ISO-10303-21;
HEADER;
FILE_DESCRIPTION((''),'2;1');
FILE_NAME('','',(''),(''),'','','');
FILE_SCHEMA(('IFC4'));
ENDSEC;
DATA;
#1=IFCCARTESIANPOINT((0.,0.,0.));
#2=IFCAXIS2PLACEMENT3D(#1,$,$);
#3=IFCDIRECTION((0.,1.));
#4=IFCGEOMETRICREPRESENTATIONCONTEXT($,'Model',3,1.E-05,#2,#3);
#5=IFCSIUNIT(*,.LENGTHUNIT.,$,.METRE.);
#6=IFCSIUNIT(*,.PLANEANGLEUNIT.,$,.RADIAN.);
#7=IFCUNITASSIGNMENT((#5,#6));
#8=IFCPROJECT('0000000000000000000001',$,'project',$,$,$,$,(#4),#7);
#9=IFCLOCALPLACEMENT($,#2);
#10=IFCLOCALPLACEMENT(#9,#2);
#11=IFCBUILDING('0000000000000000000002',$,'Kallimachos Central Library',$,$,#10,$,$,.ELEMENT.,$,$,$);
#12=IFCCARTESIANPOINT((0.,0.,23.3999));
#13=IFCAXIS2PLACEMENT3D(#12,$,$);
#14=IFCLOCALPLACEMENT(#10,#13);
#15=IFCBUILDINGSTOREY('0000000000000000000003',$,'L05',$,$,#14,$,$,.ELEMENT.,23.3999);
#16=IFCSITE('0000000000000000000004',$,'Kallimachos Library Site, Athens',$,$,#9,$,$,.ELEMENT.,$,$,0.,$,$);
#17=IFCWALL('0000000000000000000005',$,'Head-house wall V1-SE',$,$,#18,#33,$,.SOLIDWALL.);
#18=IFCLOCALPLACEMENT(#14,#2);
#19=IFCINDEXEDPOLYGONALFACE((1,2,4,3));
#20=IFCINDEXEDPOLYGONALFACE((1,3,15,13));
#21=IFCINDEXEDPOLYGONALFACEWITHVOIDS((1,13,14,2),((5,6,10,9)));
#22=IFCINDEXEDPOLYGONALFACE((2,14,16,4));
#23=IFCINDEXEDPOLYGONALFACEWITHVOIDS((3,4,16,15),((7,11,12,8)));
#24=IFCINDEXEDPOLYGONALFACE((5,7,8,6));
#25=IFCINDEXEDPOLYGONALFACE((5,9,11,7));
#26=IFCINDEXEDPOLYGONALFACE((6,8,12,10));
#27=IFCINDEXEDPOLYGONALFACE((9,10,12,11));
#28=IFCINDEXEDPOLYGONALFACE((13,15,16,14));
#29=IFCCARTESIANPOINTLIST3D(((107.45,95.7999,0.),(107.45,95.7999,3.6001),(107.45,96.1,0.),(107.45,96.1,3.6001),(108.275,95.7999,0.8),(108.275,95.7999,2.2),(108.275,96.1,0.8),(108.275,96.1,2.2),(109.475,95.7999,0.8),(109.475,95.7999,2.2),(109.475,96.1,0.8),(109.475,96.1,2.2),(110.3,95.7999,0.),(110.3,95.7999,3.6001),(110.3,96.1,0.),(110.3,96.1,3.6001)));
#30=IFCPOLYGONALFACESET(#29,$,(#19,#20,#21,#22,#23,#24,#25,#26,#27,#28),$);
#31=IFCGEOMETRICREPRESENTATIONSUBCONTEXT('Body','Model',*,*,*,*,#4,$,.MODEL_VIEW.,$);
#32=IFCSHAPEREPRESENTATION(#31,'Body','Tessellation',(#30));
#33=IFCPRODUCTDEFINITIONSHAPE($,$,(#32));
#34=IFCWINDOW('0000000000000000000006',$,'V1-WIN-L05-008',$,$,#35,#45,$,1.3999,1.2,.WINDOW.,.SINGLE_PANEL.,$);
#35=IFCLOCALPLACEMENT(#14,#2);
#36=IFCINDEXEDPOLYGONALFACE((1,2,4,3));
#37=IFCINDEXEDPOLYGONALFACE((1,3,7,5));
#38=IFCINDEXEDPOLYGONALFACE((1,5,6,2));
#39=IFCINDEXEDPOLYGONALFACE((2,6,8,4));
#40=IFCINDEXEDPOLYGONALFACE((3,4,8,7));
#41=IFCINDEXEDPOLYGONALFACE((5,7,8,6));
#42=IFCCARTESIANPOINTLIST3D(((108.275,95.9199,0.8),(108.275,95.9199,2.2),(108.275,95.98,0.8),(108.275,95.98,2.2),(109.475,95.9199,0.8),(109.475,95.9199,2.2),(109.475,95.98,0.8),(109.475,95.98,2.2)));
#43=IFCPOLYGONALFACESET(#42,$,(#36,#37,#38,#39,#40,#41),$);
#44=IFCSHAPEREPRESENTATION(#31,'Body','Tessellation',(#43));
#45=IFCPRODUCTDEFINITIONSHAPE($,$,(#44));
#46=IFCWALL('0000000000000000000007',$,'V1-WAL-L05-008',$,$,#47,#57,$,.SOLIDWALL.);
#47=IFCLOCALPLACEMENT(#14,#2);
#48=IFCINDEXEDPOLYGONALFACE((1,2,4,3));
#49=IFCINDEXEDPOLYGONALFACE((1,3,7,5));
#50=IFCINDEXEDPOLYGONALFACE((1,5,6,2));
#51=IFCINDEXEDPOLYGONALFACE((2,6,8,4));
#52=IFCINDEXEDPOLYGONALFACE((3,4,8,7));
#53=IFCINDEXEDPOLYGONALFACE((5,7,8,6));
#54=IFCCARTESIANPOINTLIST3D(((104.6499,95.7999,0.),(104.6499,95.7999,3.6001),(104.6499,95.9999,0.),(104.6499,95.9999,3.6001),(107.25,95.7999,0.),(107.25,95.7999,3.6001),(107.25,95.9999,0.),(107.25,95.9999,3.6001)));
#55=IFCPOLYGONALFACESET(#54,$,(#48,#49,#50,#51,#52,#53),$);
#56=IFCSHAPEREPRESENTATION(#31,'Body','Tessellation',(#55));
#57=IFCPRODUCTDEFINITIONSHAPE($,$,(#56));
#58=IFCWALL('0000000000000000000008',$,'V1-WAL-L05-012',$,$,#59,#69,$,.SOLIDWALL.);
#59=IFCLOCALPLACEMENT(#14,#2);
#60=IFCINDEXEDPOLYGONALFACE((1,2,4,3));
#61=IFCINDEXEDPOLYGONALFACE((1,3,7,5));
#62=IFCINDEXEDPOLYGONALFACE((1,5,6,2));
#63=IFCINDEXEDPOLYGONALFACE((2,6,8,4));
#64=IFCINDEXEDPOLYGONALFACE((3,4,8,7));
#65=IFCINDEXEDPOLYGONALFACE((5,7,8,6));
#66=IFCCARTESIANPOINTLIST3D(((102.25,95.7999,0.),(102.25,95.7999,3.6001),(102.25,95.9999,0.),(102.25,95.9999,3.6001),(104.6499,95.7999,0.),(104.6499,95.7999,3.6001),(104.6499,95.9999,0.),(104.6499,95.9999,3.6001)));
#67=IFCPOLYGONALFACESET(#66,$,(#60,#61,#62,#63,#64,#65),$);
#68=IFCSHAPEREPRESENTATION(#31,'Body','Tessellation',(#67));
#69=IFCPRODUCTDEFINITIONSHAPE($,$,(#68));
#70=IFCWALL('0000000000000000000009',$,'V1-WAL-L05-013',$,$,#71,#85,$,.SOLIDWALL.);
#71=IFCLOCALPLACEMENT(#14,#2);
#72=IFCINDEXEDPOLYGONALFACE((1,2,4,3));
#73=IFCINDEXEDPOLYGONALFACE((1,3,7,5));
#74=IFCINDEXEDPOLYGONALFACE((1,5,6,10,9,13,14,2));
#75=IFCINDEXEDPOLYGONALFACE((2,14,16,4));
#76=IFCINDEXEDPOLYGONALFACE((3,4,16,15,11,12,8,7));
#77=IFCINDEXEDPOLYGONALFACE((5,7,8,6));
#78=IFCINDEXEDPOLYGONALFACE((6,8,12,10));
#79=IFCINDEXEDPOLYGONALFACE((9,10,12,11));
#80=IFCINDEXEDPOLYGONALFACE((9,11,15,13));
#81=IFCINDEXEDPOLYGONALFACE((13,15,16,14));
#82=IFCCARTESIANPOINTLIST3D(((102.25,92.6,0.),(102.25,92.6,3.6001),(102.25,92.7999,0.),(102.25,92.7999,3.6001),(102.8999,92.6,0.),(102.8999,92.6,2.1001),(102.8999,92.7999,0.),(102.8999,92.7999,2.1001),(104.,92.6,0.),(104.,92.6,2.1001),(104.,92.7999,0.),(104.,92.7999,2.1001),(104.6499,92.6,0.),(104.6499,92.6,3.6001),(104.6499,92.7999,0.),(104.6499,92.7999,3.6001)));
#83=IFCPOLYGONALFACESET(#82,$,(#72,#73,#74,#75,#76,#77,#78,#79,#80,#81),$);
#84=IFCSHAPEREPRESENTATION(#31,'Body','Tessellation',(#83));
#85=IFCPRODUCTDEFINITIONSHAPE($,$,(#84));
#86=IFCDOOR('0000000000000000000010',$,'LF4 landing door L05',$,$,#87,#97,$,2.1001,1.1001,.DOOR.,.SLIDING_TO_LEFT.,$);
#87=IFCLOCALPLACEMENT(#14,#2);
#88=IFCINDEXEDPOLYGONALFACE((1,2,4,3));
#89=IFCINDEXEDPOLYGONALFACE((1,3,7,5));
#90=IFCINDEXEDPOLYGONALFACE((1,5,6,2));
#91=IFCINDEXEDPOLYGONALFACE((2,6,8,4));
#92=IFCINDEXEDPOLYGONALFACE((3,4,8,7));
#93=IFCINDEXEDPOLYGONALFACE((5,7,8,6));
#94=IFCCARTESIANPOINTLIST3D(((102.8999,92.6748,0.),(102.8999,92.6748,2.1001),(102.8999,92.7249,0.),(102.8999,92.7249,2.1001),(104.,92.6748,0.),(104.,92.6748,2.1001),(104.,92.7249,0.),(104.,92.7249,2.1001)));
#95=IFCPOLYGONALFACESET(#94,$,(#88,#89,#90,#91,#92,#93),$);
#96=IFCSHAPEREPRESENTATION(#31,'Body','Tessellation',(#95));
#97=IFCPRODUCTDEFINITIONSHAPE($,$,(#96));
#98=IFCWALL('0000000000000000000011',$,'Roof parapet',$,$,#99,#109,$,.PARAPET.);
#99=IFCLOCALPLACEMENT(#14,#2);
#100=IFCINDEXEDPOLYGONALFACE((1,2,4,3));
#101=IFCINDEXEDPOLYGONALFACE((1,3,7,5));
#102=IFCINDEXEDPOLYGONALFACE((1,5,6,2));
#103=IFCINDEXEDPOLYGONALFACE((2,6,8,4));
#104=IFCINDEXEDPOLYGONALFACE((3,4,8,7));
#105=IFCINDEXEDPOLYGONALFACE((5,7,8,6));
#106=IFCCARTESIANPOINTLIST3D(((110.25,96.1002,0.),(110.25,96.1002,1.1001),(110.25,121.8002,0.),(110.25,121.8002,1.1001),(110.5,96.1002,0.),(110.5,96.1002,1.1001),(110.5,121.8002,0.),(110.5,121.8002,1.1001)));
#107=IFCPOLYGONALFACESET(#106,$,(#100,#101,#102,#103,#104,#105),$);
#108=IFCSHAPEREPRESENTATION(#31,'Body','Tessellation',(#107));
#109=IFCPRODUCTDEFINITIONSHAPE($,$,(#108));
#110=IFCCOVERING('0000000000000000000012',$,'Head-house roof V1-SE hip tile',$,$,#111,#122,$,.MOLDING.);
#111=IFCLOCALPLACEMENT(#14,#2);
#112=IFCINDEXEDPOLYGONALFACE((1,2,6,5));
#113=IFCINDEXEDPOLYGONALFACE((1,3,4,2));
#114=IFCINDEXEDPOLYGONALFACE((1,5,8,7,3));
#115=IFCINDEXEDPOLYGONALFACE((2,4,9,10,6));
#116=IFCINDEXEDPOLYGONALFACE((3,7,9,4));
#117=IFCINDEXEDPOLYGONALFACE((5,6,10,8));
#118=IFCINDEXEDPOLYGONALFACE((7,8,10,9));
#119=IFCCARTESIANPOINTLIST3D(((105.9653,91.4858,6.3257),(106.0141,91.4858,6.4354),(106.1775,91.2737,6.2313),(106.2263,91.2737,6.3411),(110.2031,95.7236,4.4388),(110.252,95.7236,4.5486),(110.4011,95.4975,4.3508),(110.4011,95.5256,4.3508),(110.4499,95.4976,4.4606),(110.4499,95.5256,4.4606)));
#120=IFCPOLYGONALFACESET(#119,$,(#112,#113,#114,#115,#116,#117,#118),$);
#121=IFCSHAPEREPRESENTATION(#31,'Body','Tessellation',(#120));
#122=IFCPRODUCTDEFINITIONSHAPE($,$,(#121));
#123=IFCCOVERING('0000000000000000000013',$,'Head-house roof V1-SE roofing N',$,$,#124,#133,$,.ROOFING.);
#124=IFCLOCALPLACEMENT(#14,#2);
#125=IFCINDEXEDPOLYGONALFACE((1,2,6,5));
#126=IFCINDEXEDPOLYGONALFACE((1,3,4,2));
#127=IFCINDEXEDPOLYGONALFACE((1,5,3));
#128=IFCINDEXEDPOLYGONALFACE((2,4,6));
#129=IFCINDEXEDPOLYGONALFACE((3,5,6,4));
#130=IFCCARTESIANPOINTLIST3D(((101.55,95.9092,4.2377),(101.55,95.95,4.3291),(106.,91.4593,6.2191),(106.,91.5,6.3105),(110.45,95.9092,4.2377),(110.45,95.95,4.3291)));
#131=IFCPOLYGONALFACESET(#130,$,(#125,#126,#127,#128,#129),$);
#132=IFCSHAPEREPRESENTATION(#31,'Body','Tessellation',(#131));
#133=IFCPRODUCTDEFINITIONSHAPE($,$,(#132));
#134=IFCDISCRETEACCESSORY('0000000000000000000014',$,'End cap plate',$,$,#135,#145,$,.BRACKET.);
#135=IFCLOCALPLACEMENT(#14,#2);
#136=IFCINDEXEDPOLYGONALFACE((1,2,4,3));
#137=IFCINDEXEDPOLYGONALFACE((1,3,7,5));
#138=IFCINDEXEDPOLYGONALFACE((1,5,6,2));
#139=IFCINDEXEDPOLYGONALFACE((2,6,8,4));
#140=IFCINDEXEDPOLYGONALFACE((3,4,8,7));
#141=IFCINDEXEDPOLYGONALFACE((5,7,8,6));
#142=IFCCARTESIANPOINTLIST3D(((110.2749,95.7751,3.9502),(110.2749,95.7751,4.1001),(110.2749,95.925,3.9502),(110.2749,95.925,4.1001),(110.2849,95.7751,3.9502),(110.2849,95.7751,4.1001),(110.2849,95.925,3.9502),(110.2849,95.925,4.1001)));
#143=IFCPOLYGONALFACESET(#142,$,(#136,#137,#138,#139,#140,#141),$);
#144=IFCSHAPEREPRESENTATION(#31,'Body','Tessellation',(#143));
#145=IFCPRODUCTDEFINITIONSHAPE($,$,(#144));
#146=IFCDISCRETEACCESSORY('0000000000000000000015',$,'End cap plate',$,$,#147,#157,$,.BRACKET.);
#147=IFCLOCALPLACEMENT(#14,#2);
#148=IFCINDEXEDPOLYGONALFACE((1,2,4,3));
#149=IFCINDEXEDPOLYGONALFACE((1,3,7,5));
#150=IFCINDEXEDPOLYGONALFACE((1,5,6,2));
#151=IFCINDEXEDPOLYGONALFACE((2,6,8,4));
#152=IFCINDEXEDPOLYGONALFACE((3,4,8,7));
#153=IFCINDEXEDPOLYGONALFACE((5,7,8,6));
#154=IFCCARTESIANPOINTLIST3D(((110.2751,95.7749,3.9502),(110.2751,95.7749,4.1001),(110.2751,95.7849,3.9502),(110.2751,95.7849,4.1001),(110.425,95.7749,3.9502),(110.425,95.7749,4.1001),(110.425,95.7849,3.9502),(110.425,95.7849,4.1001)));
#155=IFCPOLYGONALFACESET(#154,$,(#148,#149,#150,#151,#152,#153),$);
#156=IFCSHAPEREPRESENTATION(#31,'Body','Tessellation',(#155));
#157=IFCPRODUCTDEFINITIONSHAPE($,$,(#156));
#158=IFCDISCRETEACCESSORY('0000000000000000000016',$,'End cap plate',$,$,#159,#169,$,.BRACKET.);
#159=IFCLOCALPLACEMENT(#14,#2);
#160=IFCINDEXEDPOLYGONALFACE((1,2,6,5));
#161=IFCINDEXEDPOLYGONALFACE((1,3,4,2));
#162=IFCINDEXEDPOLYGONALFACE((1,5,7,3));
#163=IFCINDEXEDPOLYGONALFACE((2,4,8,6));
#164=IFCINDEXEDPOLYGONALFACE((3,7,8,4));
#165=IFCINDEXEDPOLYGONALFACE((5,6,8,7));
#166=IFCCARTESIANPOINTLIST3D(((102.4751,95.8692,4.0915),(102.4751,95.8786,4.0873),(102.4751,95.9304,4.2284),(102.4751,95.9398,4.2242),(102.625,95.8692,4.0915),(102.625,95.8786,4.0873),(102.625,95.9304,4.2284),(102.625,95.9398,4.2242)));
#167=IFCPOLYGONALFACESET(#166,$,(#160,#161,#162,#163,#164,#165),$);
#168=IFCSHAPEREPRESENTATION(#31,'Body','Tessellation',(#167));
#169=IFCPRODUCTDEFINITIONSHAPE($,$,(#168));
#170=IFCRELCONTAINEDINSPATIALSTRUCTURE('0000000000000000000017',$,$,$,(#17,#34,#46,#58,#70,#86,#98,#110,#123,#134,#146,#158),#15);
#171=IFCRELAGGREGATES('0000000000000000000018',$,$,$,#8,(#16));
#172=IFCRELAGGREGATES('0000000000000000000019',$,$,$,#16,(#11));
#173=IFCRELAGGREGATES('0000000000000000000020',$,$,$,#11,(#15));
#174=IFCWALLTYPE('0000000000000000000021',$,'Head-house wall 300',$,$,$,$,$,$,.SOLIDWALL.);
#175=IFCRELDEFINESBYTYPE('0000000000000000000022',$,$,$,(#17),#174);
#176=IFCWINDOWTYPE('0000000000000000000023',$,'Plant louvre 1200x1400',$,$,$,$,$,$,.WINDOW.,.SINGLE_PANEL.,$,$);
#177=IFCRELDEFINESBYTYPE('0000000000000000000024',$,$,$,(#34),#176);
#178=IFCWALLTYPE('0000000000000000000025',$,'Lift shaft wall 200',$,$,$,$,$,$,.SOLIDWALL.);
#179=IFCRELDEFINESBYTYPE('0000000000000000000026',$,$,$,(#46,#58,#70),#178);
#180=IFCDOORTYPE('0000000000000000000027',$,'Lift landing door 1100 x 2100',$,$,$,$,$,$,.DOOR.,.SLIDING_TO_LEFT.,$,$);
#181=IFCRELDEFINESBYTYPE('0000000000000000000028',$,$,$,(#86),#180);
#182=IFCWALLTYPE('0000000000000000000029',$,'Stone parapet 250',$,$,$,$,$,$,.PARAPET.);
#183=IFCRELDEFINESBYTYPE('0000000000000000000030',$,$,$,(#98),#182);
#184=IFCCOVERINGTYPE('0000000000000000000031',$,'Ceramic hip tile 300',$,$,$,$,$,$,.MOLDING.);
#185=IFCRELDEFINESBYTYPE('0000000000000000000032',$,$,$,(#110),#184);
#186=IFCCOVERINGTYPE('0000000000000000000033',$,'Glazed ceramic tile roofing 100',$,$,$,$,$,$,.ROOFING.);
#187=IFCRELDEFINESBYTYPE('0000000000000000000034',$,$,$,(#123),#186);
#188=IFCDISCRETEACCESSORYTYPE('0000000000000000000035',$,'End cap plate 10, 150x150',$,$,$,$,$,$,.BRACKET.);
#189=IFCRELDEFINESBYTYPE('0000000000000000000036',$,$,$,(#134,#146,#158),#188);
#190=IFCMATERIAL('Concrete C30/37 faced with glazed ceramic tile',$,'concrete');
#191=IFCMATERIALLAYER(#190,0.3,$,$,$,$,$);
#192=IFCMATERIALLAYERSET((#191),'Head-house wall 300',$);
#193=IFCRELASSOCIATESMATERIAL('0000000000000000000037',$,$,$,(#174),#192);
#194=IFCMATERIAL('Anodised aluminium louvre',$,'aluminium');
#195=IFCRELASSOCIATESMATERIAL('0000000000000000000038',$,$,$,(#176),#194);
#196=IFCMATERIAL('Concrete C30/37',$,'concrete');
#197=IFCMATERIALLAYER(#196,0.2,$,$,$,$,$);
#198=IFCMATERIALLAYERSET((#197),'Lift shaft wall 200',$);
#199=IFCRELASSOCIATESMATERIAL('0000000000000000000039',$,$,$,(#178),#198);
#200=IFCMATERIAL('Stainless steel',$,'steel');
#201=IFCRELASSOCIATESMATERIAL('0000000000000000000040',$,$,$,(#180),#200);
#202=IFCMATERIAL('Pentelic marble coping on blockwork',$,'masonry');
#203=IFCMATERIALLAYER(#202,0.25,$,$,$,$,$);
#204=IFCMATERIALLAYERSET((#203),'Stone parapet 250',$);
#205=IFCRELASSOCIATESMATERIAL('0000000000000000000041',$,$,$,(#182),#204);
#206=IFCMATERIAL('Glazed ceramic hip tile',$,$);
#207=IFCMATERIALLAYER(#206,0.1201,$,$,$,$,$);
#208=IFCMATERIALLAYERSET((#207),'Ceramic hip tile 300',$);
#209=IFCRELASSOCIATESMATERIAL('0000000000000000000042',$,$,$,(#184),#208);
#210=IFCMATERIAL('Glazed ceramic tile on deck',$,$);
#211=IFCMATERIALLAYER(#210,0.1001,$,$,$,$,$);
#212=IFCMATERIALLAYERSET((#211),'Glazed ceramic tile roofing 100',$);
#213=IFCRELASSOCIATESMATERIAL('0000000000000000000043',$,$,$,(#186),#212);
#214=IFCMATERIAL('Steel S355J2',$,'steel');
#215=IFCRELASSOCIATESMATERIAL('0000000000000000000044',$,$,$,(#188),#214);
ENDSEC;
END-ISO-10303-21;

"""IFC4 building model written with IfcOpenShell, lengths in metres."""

from ifc_helpers import new_model, si_unit, direction, frame, frame_2d, origin, origin_2d, place, context, subcontext, project, spatial, polyline, rectangle, outline, extrude, material, layer, layer_set, material_profile, profile_set, type_object, element, fill, save


model = new_model("IFC4")

# Units and contexts
model_context = context("Model", 3, precision=1e-05, world=origin(), true_north=direction((0.0, 1.0)))
body_context = subcontext(model_context, "Body", "Model", "MODEL_VIEW")
ifc_project = project(units=[si_unit("LENGTHUNIT", "METRE"), si_unit("PLANEANGLEUNIT", "RADIAN")], contexts=[model_context])

# Site, building, storey
site_placement = place(None, origin())
site = spatial("IfcSite", under=ifc_project, at=site_placement, Name="Kallimachos Library Site, Athens", CompositionType="ELEMENT", RefElevation=0.0)
building_placement = place(site_placement, origin())
building = spatial("IfcBuilding", under=site, at=building_placement, Name="Kallimachos Central Library", CompositionType="ELEMENT")
storey_placement = place(building_placement, frame((0.0, 0.0, 23.3999)))
storey = spatial("IfcBuildingStorey", under=building, at=storey_placement, Name="L05", CompositionType="ELEMENT", Elevation=23.3999)

# Wall, opening, window
ifc_material_1 = material(Name="Concrete C30/37 faced with glazed ceramic tile", Category="concrete")
ifc_layer_1 = layer(ifc_material_1, 0.3)
ifc_layer_set_1 = layer_set([ifc_layer_1], Name="Head-house wall 300")
wall_type_1 = type_object("IfcWallType", Name="Head-house wall 300", PredefinedType="SOLIDWALL", material=ifc_layer_set_1)
wall_1_placement = place(storey_placement, frame((107.45, 95.95, 0.0), z_axis=(0.0, 0.0, 1.0), x_axis=(1.0, 0.0, 0.0)))
wall_1 = element("IfcWall", 1, at=wall_1_placement, inside=storey, type_object=wall_type_1, Name="Head-house wall V1-SE", PredefinedType="SOLIDWALL", context=body_context, shape_type="SweptSolid", body=[
    extrude(rectangle(XDim=2.8501, YDim=0.3, at=frame_2d((1.425, 0.0))), origin(), (0.0, 0.0, 1.0), 3.6001),
])
opening_1_placement = place(wall_1_placement, frame((0.825, 0.0, 0.8)))
opening_1 = element("IfcOpeningElement", 2, at=opening_1_placement, cuts=wall_1, PredefinedType="OPENING", context=body_context, shape_type="SweptSolid", body=[
    extrude(rectangle(XDim=1.2, YDim=1.3999, at=frame_2d((0.6001, 0.7))), frame((0.0, 0.1599, 0.0), z_axis=(0.0, -1.0, 0.0), x_axis=(1.0, 0.0, 0.0)), (0.0, 0.0, 1.0), 0.3201),
])
ifc_material_2 = material(Name="Anodised aluminium louvre", Category="aluminium")
window_type = type_object("IfcWindowType", Name="Plant louvre 1200x1400", PartitioningType="SINGLE_PANEL", PredefinedType="WINDOW", material=ifc_material_2)
window_placement = place(opening_1_placement, origin())
window = element("IfcWindow", 3, at=window_placement, inside=storey, type_object=window_type, Name="V1-WIN-L05-008", OverallHeight=1.3999, OverallWidth=1.2, PartitioningType="SINGLE_PANEL", PredefinedType="WINDOW", context=body_context, shape_type="SweptSolid", body=[
    extrude(rectangle(XDim=1.2, YDim=1.3999, at=frame_2d((0.6001, 0.7))), frame((0.0, 0.03, 0.0), z_axis=(0.0, -1.0, 0.0), x_axis=(1.0, 0.0, 0.0)), (0.0, 0.0, 1.0), 0.0601),
])
fill(opening_1, window)

# Walls
ifc_material_3 = material(Name="Concrete C30/37", Category="concrete")
ifc_layer_2 = layer(ifc_material_3, 0.2)
ifc_layer_set_2 = layer_set([ifc_layer_2], Name="Lift shaft wall 200")
wall_type_2 = type_object("IfcWallType", Name="Lift shaft wall 200", PredefinedType="SOLIDWALL", material=ifc_layer_set_2)
wall_2_placement = place(storey_placement, frame((104.6499, 95.8999, 0.0), z_axis=(0.0, 0.0, 1.0), x_axis=(1.0, 0.0, 0.0)))
element("IfcWall", 4, at=wall_2_placement, inside=storey, type_object=wall_type_2, Name="V1-WAL-L05-008", PredefinedType="SOLIDWALL", context=body_context, shape_type="SweptSolid", body=[
    extrude(rectangle(XDim=2.6001, YDim=0.2, at=frame_2d((1.3, 0.0))), origin(), (0.0, 0.0, 1.0), 3.6001),
])
wall_3_placement = place(storey_placement, frame((102.25, 95.8999, 0.0), z_axis=(0.0, 0.0, 1.0), x_axis=(1.0, 0.0, 0.0)))
element("IfcWall", 5, at=wall_3_placement, inside=storey, type_object=wall_type_2, Name="V1-WAL-L05-012", PredefinedType="SOLIDWALL", context=body_context, shape_type="SweptSolid", body=[
    extrude(rectangle(XDim=2.3999, YDim=0.2, at=frame_2d((1.2, 0.0))), origin(), (0.0, 0.0, 1.0), 3.6001),
])

# Wall, opening, door
wall_4_placement = place(storey_placement, frame((102.25, 92.7, 0.0), z_axis=(0.0, 0.0, 1.0), x_axis=(1.0, 0.0, 0.0)))
wall_4 = element("IfcWall", 6, at=wall_4_placement, inside=storey, type_object=wall_type_2, Name="V1-WAL-L05-013", PredefinedType="SOLIDWALL", context=body_context, shape_type="SweptSolid", body=[
    extrude(rectangle(XDim=2.3999, YDim=0.2, at=frame_2d((1.2, 0.0))), origin(), (0.0, 0.0, 1.0), 3.6001),
])
opening_2_placement = place(wall_4_placement, frame((0.6499, 0.0, 0.0)))
opening_2 = element("IfcOpeningElement", 7, at=opening_2_placement, cuts=wall_4, PredefinedType="OPENING", context=body_context, shape_type="SweptSolid", body=[
    extrude(rectangle(XDim=1.1001, YDim=2.1001, at=frame_2d((0.55, 1.05))), frame((0.0, 0.1099, 0.0), z_axis=(0.0, -1.0, 0.0), x_axis=(1.0, 0.0, 0.0)), (0.0, 0.0, 1.0), 0.22),
])
ifc_material_4 = material(Name="Stainless steel", Category="steel")
door_type = type_object("IfcDoorType", Name="Lift landing door 1100 x 2100", OperationType="SLIDING_TO_LEFT", PredefinedType="DOOR", material=ifc_material_4)
door_placement = place(opening_2_placement, origin())
door = element("IfcDoor", 8, at=door_placement, inside=storey, type_object=door_type, Name="LF4 landing door L05", OperationType="SLIDING_TO_LEFT", OverallHeight=2.1001, OverallWidth=1.1001, PredefinedType="DOOR", context=body_context, shape_type="SweptSolid", body=[
    extrude(rectangle(XDim=1.1001, YDim=2.1001, at=frame_2d((0.55, 1.05))), frame((0.0, 0.0249, 0.0), z_axis=(0.0, -1.0, 0.0), x_axis=(1.0, 0.0, 0.0)), (0.0, 0.0, 1.0), 0.05),
])
fill(opening_2, door)

# Wall
ifc_material_5 = material(Name="Pentelic marble coping on blockwork", Category="masonry")
ifc_layer_3 = layer(ifc_material_5, 0.25)
ifc_layer_set_3 = layer_set([ifc_layer_3], Name="Stone parapet 250")
wall_type_3 = type_object("IfcWallType", Name="Stone parapet 250", PredefinedType="PARAPET", material=ifc_layer_set_3)
wall_5_placement = place(storey_placement, frame((110.375, 96.1001, 0.0), z_axis=(0.0, 0.0, 1.0), x_axis=(0.0, 1.0, 0.0)))
element("IfcWall", 9, at=wall_5_placement, inside=storey, type_object=wall_type_3, Name="Roof parapet", PredefinedType="PARAPET", context=body_context, shape_type="SweptSolid", body=[
    extrude(rectangle(XDim=25.7, YDim=0.25, at=frame_2d((12.8501, 0.0))), origin(), (0.0, 0.0, 1.0), 1.1001),
])

# Coverings
ifc_material_6 = material(Name="Glazed ceramic hip tile")
ifc_layer_4 = layer(ifc_material_6, 0.1201)
ifc_layer_set_4 = layer_set([ifc_layer_4], Name="Ceramic hip tile 300")
covering_type_1 = type_object("IfcCoveringType", Name="Ceramic hip tile 300", PredefinedType="MOLDING", material=ifc_layer_set_4)
covering_1_placement = place(storey_placement, frame((110.252, 95.7236, 4.5486), z_axis=(0.406522, 0.000262, 0.913641), x_axis=(0.674462, -0.674653, -0.299907)))
element("IfcCovering", 10, at=covering_1_placement, inside=storey, type_object=covering_type_1, Name="Head-house roof V1-SE hip tile", PredefinedType="MOLDING", context=body_context, shape_type="SweptSolid", body=[
    extrude(outline(polyline([(0.0, 0.0), (0.2935, 0.0), (0.3124, -0.0207), (-0.2505, -6.2576), (-0.5651, -6.2577), (0.0, 0.0)])), origin(), (0.0, 0.0, -1.0), 0.1201),
])
ifc_material_7 = material(Name="Glazed ceramic tile on deck")
ifc_layer_5 = layer(ifc_material_7, 0.1001)
ifc_layer_set_5 = layer_set([ifc_layer_5], Name="Glazed ceramic tile roofing 100")
covering_type_2 = type_object("IfcCoveringType", Name="Glazed ceramic tile roofing 100", PredefinedType="ROOFING", material=ifc_layer_set_5)
covering_2_placement = place(storey_placement, frame((110.45, 95.95, 4.3291), z_axis=(0.0, 0.406771, 0.91353), x_axis=(-1.0, 0.0, 0.0)))
element("IfcCovering", 11, at=covering_2_placement, inside=storey, type_object=covering_type_2, Name="Head-house roof V1-SE roofing N", PredefinedType="ROOFING", context=body_context, shape_type="SweptSolid", body=[
    extrude(outline(polyline([(0.0, 0.0), (8.8999, 0.0), (4.45, 4.8712), (0.0, 0.0)])), origin(), (0.0, 0.0, -1.0), 0.1001),
])

# Discrete accessories
ifc_material_8 = material(Name="Steel S355J2", Category="steel")
ifc_material_profile_1 = material_profile(ifc_material_8, rectangle(XDim=0.1499, YDim=0.1499, at=origin_2d()), Name="End cap plate 10, 150x150")
ifc_profile_set_1 = profile_set([ifc_material_profile_1], Name="Steel S355J2")
discrete_accessory_type = type_object("IfcDiscreteAccessoryType", Name="End cap plate 10, 150x150", PredefinedType="BRACKET", material=ifc_profile_set_1)
for number, where, z_axis, x_axis, name in (
    (12, (110.2749, 95.8501, 4.0251), (1.0, 0.0, 0.0), (0.0, 1.0, 0.0), "End cap plate"),
    (13, (110.3501, 95.7749, 4.0251), (0.0, 1.0, 0.0), (-1.0, 0.0, 0.0), "End cap plate"),
):
    element("IfcDiscreteAccessory", number, at=place(storey_placement, frame(where, z_axis=z_axis, x_axis=x_axis)), inside=storey, type_object=discrete_accessory_type, Name=name, PredefinedType="BRACKET", context=body_context, shape_type="SweptSolid", body=[
        extrude(rectangle(XDim=0.1499, YDim=0.1499, at=origin_2d()), origin(), (0.0, 0.0, 1.0), 0.01),
    ])
discrete_accessory_placement = place(storey_placement, frame((102.55, 95.9092, 4.1558), z_axis=(0.0, -0.912818, 0.408366), x_axis=(1.0, 0.0, 0.0)))
element("IfcDiscreteAccessory", 14, at=discrete_accessory_placement, inside=storey, type_object=discrete_accessory_type, Name="End cap plate", PredefinedType="BRACKET", context=body_context, shape_type="SweptSolid", body=[
    extrude(rectangle(XDim=0.1499, YDim=0.1499, at=origin_2d()), origin(), (0.0, 0.0, 1.0), 0.0103),
])

save(model, "model.ifc")
